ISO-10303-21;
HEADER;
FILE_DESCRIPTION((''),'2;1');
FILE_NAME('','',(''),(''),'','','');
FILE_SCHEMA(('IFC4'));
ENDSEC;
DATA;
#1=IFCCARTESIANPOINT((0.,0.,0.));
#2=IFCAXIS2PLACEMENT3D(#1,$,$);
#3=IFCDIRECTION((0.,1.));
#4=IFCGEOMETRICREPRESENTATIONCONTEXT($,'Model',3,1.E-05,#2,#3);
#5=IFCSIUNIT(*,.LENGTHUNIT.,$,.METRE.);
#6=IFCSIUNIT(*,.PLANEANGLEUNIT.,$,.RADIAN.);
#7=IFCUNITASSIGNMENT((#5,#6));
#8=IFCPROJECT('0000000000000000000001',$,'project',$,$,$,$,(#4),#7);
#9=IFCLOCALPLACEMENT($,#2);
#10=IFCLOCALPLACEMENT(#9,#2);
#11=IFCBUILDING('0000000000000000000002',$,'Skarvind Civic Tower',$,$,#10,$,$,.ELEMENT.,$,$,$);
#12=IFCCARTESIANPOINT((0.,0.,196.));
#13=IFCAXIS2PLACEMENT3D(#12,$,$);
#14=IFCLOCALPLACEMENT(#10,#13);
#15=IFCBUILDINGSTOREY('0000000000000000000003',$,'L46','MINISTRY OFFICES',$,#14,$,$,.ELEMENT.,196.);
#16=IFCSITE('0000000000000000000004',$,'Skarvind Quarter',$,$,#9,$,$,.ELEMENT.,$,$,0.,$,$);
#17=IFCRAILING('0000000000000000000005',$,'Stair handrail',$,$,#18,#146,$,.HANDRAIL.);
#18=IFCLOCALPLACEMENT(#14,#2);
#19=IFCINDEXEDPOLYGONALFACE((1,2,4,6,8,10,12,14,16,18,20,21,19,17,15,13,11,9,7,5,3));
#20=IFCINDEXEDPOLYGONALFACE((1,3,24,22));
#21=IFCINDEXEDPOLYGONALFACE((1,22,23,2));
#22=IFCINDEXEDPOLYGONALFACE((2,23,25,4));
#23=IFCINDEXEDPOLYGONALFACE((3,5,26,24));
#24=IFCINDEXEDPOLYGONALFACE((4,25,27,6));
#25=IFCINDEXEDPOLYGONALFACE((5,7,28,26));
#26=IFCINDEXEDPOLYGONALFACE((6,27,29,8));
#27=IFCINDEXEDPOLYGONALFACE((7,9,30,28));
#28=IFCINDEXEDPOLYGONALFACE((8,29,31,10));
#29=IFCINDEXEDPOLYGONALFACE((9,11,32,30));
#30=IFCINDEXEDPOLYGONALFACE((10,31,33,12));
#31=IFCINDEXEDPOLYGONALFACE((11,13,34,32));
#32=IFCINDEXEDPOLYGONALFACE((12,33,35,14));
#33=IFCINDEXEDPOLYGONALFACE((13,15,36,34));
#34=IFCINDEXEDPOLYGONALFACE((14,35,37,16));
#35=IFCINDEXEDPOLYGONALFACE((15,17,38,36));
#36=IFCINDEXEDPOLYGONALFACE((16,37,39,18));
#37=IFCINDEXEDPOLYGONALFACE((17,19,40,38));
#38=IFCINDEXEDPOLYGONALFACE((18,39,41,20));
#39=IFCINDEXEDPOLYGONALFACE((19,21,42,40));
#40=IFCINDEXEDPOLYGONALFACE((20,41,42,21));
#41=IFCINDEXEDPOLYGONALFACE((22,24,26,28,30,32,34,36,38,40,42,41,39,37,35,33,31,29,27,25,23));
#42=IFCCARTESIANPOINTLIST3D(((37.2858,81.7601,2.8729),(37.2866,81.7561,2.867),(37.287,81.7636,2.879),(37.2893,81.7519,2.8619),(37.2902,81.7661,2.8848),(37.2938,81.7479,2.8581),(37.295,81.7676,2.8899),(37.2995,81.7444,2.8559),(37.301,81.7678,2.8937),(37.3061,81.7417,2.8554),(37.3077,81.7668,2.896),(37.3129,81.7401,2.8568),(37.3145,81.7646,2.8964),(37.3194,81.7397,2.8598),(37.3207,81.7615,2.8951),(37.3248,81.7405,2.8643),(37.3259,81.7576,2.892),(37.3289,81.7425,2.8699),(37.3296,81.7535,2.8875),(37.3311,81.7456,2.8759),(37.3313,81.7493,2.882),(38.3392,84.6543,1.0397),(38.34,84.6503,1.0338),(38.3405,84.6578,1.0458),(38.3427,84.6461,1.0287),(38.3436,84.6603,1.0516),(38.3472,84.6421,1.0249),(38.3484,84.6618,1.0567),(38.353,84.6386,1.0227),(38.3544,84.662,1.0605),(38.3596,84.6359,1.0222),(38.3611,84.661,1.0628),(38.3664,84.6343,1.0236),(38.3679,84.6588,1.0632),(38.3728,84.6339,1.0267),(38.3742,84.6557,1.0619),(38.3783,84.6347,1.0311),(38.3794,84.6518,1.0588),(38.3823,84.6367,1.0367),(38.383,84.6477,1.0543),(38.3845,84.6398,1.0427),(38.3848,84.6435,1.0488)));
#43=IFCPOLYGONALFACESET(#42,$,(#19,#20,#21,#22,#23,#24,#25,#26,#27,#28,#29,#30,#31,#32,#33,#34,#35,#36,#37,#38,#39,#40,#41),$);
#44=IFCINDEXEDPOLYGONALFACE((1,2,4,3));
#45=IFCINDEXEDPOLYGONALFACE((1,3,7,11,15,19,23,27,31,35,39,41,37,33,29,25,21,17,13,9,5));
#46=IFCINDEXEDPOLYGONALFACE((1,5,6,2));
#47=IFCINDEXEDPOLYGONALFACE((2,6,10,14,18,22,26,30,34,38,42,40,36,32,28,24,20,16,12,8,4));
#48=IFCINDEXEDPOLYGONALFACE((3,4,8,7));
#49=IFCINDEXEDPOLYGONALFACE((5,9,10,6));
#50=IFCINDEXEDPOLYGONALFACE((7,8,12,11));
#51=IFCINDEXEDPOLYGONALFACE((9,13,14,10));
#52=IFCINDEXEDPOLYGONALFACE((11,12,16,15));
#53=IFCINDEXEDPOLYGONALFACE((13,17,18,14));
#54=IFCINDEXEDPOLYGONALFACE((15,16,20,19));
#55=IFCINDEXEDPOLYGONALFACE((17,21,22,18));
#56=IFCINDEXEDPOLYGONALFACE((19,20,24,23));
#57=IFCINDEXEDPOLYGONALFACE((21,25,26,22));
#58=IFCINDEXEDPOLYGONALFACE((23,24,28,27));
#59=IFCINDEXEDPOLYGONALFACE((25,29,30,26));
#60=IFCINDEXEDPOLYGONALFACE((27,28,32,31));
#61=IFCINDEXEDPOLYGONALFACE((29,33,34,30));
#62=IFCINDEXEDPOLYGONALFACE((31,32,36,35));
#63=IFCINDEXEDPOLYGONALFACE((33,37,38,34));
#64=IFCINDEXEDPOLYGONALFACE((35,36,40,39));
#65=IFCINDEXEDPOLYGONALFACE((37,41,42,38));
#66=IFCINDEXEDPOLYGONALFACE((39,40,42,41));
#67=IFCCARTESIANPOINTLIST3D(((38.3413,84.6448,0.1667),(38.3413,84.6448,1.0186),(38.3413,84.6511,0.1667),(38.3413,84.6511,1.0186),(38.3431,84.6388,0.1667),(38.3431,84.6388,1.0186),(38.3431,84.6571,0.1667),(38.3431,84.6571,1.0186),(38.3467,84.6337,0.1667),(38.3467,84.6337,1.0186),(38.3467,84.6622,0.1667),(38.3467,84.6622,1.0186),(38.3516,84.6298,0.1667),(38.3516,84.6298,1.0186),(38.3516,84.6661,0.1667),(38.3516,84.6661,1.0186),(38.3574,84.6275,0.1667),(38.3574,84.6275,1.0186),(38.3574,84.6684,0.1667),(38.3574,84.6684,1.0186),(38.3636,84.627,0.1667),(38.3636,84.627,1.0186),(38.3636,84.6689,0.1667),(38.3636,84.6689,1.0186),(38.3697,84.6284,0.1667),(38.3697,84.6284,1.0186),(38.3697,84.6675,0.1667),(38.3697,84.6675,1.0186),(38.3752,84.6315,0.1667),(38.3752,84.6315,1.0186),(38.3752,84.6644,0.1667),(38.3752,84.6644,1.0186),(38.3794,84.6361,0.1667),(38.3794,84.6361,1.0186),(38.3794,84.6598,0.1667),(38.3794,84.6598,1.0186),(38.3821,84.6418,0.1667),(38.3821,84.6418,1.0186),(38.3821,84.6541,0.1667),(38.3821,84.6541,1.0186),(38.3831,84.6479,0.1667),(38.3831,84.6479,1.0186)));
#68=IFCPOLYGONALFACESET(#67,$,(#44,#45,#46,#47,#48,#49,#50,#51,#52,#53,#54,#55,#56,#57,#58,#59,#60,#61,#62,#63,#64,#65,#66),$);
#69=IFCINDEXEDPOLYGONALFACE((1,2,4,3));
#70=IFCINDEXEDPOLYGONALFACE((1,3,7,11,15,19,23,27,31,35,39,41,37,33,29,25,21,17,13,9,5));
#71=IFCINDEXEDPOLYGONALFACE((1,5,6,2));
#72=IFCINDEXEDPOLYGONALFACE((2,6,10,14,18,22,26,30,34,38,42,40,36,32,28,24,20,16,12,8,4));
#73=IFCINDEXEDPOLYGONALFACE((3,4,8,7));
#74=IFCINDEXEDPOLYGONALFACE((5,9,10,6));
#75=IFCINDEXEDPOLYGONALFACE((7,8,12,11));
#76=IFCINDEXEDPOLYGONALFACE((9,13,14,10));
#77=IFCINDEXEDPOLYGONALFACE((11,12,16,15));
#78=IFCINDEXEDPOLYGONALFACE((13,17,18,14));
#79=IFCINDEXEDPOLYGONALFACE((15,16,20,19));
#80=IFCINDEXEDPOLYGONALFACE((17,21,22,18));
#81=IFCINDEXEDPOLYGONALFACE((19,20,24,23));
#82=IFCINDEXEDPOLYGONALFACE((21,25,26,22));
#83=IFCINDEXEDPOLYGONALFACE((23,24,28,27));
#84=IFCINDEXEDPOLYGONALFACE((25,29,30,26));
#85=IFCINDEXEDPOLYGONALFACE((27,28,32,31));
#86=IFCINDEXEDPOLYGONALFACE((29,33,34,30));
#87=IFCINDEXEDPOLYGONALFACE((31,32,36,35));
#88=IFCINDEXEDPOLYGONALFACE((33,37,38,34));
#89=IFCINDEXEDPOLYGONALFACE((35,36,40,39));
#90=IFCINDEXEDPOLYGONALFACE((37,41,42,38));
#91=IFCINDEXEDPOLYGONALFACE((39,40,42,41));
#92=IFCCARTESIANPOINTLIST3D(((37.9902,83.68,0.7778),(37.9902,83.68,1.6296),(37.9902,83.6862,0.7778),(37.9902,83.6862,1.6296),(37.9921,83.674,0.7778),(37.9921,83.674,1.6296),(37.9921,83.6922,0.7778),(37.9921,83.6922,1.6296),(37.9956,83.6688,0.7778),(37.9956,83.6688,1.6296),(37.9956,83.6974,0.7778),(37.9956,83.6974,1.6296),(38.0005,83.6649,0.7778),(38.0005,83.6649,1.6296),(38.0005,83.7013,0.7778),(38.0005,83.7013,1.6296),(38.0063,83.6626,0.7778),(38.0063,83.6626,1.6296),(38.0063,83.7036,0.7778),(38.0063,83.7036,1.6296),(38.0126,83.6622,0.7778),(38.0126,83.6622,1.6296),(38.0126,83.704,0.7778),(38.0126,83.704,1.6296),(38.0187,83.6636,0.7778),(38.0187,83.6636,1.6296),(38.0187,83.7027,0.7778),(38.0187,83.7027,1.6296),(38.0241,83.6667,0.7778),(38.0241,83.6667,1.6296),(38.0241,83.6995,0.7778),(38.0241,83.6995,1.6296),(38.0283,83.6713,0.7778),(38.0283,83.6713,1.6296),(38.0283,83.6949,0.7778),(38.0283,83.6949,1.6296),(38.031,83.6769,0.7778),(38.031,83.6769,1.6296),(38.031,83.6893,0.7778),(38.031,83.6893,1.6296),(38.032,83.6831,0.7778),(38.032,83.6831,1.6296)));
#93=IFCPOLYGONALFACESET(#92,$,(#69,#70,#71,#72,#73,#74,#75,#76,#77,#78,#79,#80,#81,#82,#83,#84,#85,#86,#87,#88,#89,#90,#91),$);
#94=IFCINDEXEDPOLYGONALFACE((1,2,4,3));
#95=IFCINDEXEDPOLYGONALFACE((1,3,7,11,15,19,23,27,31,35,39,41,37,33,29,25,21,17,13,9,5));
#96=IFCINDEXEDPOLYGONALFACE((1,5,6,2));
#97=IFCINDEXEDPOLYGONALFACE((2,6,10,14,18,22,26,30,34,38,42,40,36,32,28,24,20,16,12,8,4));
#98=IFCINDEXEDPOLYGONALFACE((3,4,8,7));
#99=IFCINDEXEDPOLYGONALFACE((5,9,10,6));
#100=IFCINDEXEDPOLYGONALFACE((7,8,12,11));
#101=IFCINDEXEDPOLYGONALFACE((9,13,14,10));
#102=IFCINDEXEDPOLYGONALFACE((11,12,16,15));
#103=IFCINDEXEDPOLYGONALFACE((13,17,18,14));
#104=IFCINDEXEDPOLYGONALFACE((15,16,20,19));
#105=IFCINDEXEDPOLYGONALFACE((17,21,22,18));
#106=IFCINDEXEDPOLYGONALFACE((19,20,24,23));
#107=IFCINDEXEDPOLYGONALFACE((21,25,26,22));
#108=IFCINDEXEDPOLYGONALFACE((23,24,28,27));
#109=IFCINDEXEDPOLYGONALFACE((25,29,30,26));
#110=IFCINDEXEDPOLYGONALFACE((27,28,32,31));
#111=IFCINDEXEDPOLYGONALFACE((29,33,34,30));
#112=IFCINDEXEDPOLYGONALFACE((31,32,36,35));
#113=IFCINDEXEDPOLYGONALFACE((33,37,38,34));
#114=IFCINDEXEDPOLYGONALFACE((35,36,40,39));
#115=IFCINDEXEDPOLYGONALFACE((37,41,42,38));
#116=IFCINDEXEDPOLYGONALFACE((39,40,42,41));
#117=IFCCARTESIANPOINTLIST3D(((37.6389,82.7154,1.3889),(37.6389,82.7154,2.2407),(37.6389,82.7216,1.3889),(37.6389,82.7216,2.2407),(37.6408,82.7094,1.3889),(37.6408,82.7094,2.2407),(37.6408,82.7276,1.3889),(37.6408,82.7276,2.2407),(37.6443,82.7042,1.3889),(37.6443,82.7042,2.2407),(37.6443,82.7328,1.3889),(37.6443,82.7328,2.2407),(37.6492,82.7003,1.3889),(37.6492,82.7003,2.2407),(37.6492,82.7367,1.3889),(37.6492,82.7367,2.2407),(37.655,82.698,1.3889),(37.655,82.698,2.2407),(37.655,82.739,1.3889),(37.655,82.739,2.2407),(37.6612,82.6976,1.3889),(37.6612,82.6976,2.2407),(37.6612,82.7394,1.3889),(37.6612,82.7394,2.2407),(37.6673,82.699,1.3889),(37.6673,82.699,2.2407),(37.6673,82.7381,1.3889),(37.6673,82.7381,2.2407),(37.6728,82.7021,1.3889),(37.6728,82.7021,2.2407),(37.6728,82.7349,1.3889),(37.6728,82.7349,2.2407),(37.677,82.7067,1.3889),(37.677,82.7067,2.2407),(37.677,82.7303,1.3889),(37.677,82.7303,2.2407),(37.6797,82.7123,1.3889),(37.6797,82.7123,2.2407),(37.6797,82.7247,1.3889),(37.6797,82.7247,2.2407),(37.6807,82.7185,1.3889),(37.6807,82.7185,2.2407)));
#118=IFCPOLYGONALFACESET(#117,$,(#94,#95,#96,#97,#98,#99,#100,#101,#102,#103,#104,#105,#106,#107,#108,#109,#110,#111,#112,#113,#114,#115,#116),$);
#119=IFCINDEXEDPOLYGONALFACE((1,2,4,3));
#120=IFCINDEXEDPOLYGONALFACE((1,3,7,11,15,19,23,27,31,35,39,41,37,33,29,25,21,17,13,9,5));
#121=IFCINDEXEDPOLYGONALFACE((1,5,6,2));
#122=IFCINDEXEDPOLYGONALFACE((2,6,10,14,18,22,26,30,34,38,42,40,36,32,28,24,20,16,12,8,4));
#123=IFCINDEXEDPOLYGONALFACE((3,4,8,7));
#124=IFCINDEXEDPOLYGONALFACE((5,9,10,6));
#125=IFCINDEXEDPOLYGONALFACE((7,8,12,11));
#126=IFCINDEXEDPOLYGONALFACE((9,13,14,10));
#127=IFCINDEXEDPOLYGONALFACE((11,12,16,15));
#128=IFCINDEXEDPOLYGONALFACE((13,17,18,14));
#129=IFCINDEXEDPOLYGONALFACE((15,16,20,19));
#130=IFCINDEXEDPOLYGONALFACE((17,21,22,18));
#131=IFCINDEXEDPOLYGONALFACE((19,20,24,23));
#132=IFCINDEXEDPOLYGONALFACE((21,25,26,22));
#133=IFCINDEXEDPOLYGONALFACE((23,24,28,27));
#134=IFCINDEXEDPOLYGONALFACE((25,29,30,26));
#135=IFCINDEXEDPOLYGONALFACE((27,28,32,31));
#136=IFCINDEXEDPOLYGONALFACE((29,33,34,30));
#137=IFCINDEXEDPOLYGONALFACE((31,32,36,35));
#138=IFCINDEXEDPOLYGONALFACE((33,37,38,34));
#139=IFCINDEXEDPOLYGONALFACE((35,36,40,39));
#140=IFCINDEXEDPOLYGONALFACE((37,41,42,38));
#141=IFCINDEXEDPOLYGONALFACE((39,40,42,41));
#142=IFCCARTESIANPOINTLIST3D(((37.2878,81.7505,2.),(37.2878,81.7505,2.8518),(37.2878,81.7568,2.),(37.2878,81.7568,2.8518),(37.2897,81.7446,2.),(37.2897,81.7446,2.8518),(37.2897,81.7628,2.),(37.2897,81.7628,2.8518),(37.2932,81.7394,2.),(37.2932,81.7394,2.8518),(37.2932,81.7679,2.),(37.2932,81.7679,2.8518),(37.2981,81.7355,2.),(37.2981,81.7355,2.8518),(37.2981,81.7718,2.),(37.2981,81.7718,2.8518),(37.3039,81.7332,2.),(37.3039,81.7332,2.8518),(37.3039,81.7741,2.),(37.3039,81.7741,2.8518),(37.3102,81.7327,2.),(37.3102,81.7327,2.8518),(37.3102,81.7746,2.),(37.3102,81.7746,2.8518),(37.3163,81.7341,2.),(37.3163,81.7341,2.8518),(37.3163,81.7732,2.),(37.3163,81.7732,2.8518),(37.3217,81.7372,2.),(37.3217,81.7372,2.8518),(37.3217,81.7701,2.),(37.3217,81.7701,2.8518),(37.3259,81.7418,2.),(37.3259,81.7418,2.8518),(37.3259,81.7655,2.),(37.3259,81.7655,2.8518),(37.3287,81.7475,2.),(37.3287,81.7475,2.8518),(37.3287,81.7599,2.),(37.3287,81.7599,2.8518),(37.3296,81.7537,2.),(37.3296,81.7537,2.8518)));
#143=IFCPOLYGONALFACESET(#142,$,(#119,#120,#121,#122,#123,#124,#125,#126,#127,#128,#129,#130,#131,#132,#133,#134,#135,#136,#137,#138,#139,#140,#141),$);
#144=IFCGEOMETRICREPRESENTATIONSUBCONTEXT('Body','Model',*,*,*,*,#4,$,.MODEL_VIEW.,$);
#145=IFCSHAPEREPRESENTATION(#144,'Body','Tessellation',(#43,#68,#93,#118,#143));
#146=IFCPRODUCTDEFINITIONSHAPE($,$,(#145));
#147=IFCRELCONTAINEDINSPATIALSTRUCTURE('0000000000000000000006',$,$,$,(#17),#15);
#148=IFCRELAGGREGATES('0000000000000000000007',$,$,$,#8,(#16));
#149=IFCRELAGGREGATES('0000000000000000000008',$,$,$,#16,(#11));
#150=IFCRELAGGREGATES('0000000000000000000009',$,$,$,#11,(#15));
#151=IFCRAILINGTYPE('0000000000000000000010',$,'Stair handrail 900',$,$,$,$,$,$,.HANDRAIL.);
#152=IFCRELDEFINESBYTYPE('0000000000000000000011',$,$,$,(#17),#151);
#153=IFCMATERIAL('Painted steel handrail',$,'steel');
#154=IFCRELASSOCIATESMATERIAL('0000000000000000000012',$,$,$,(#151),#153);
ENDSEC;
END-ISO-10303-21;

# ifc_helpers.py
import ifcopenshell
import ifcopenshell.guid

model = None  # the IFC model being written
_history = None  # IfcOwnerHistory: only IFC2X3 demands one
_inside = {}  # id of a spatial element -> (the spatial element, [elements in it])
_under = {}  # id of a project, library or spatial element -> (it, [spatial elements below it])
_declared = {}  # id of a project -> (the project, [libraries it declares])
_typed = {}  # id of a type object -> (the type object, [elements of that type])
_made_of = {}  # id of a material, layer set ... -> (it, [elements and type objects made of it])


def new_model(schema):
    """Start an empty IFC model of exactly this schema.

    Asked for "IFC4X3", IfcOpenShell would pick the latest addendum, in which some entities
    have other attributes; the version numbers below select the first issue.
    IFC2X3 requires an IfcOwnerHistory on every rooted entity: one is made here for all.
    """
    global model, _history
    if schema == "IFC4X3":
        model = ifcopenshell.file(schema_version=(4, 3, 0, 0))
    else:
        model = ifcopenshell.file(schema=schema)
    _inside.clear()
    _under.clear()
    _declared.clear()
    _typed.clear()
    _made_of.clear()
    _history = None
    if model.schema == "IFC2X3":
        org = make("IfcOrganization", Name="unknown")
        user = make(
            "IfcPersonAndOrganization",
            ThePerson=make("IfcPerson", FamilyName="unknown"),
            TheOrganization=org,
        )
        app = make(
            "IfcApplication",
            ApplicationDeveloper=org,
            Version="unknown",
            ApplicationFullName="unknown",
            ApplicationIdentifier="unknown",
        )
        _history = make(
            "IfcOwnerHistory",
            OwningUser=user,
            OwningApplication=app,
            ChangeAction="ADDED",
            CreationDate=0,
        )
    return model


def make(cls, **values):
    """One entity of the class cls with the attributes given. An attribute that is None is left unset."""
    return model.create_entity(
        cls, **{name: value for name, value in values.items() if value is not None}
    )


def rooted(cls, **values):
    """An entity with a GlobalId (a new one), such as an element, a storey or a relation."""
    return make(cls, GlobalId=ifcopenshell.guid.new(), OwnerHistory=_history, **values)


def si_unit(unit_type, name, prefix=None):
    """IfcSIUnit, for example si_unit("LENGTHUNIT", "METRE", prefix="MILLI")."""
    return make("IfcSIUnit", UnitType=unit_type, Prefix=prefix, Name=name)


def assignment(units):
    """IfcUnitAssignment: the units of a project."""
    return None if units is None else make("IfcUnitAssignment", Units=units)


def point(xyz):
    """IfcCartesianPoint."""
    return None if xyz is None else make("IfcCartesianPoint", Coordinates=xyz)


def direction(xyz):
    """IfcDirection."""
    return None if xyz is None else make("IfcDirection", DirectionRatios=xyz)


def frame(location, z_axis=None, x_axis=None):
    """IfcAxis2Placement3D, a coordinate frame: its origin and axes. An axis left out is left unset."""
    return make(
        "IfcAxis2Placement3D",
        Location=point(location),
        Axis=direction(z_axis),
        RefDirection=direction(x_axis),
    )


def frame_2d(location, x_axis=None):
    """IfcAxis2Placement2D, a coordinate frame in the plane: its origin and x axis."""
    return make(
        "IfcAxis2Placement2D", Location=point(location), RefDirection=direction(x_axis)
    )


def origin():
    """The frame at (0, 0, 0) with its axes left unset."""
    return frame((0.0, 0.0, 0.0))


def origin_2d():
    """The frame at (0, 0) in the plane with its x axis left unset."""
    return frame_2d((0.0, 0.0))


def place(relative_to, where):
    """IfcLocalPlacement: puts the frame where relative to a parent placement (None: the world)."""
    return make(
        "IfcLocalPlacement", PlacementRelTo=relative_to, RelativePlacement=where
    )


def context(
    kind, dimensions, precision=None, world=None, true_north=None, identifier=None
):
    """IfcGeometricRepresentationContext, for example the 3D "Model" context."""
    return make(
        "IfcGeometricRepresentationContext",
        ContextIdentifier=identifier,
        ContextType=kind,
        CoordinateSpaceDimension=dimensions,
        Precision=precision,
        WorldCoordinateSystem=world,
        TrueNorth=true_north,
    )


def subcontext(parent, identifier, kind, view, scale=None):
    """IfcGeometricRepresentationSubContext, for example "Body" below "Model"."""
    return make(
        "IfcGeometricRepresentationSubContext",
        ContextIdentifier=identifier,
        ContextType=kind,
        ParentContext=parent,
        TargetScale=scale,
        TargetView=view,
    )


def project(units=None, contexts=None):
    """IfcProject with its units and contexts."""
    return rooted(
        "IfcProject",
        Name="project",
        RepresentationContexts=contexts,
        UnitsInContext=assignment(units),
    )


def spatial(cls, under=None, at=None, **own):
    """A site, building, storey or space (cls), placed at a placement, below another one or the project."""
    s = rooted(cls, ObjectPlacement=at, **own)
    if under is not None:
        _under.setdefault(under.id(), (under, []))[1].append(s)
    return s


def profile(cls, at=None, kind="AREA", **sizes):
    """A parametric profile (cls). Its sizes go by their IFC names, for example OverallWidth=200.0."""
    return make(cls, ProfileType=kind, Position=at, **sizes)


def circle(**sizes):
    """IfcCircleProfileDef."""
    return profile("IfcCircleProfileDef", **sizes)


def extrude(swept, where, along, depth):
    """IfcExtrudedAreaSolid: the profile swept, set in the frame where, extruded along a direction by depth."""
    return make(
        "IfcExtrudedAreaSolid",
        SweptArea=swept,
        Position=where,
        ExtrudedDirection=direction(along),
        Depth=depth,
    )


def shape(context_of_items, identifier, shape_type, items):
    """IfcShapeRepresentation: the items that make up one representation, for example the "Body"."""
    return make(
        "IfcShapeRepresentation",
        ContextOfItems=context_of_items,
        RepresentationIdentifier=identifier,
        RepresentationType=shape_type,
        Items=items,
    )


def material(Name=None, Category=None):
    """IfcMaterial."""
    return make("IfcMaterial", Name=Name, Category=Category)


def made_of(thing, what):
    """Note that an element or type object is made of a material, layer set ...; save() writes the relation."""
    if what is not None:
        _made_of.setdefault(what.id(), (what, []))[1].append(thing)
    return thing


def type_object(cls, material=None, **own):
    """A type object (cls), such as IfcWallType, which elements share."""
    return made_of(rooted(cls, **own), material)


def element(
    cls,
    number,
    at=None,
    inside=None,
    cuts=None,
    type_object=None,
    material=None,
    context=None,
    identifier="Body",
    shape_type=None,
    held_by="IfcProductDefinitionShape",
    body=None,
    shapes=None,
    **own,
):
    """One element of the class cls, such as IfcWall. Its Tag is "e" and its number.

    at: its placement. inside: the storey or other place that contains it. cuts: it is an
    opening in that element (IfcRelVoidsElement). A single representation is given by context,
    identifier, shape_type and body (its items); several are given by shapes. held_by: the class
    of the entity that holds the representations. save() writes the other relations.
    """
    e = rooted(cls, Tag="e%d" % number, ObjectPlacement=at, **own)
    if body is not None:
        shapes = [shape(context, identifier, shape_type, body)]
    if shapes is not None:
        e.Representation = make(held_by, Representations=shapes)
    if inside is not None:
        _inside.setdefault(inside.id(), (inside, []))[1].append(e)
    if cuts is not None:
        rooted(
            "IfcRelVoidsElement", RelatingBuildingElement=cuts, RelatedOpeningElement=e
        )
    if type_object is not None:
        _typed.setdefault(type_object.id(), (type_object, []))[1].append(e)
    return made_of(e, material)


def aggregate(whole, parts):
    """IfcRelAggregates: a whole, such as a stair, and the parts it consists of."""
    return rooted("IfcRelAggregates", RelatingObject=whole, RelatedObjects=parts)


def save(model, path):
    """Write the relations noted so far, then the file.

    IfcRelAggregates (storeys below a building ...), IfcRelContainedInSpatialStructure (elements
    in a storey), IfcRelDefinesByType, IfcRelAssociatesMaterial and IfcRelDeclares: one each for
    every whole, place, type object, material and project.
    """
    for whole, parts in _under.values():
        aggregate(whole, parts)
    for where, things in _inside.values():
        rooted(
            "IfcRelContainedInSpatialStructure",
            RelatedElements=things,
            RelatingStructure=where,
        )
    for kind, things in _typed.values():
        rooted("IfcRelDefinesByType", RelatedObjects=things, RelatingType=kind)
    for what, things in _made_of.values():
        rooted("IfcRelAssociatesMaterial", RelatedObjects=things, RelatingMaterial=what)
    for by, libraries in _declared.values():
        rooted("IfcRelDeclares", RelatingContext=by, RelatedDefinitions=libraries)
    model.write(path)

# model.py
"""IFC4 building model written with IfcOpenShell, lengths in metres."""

from ifc_helpers import new_model, si_unit, direction, frame, origin, origin_2d, place, context, subcontext, project, spatial, circle, extrude, material, type_object, element, save


model = new_model("IFC4")

# Units and contexts
model_context = context("Model", 3, precision=1e-05, world=origin(), true_north=direction((0.0, 1.0)))
body_context = subcontext(model_context, "Body", "Model", "MODEL_VIEW")
ifc_project = project(units=[si_unit("LENGTHUNIT", "METRE"), si_unit("PLANEANGLEUNIT", "RADIAN")], contexts=[model_context])

# Site, building, storey
site_placement = place(None, origin())
site = spatial("IfcSite", under=ifc_project, at=site_placement, Name="Skarvind Quarter", CompositionType="ELEMENT", RefElevation=0.0)
building_placement = place(site_placement, origin())
building = spatial("IfcBuilding", under=site, at=building_placement, Name="Skarvind Civic Tower", CompositionType="ELEMENT")
storey_placement = place(building_placement, frame((0.0, 0.0, 196.0)))
storey = spatial("IfcBuildingStorey", under=building, at=storey_placement, Name="L46", Description="MINISTRY OFFICES", CompositionType="ELEMENT", Elevation=196.0)

# Railing
ifc_material_1 = material(Name="Painted steel handrail", Category="steel")
railing_type = type_object("IfcRailingType", Name="Stair handrail 900", PredefinedType="HANDRAIL", material=ifc_material_1)
railing_placement = place(storey_placement, frame((38.3621, 84.6479, 0.1667)))
element("IfcRailing", 1, at=railing_placement, inside=storey, type_object=railing_type, Name="Stair handrail", PredefinedType="HANDRAIL", context=body_context, shape_type="SweptSolid", body=[
    extrude(circle(Radius=0.0239, at=origin_2d()), frame((0.0, 0.0, 0.876), z_axis=(-0.293908, -0.807481, 0.511461), x_axis=(0.939689, -0.342029, 0.0)), (0.0, 0.0, 1.0), 3.5842),
    extrude(circle(Radius=0.021, at=origin_2d()), origin(), (0.0, 0.0, 1.0), 0.8518),
    extrude(circle(Radius=0.021, at=origin_2d()), frame((-0.3511, -0.9648, 0.6111)), (0.0, 0.0, 1.0), 0.8518),
    extrude(circle(Radius=0.021, at=origin_2d()), frame((-0.7024, -1.9294, 1.2222)), (0.0, 0.0, 1.0), 0.8518),
    extrude(circle(Radius=0.021, at=origin_2d()), frame((-1.0535, -2.8943, 1.8333)), (0.0, 0.0, 1.0), 0.8518),
])

save(model, "model.ifc")
